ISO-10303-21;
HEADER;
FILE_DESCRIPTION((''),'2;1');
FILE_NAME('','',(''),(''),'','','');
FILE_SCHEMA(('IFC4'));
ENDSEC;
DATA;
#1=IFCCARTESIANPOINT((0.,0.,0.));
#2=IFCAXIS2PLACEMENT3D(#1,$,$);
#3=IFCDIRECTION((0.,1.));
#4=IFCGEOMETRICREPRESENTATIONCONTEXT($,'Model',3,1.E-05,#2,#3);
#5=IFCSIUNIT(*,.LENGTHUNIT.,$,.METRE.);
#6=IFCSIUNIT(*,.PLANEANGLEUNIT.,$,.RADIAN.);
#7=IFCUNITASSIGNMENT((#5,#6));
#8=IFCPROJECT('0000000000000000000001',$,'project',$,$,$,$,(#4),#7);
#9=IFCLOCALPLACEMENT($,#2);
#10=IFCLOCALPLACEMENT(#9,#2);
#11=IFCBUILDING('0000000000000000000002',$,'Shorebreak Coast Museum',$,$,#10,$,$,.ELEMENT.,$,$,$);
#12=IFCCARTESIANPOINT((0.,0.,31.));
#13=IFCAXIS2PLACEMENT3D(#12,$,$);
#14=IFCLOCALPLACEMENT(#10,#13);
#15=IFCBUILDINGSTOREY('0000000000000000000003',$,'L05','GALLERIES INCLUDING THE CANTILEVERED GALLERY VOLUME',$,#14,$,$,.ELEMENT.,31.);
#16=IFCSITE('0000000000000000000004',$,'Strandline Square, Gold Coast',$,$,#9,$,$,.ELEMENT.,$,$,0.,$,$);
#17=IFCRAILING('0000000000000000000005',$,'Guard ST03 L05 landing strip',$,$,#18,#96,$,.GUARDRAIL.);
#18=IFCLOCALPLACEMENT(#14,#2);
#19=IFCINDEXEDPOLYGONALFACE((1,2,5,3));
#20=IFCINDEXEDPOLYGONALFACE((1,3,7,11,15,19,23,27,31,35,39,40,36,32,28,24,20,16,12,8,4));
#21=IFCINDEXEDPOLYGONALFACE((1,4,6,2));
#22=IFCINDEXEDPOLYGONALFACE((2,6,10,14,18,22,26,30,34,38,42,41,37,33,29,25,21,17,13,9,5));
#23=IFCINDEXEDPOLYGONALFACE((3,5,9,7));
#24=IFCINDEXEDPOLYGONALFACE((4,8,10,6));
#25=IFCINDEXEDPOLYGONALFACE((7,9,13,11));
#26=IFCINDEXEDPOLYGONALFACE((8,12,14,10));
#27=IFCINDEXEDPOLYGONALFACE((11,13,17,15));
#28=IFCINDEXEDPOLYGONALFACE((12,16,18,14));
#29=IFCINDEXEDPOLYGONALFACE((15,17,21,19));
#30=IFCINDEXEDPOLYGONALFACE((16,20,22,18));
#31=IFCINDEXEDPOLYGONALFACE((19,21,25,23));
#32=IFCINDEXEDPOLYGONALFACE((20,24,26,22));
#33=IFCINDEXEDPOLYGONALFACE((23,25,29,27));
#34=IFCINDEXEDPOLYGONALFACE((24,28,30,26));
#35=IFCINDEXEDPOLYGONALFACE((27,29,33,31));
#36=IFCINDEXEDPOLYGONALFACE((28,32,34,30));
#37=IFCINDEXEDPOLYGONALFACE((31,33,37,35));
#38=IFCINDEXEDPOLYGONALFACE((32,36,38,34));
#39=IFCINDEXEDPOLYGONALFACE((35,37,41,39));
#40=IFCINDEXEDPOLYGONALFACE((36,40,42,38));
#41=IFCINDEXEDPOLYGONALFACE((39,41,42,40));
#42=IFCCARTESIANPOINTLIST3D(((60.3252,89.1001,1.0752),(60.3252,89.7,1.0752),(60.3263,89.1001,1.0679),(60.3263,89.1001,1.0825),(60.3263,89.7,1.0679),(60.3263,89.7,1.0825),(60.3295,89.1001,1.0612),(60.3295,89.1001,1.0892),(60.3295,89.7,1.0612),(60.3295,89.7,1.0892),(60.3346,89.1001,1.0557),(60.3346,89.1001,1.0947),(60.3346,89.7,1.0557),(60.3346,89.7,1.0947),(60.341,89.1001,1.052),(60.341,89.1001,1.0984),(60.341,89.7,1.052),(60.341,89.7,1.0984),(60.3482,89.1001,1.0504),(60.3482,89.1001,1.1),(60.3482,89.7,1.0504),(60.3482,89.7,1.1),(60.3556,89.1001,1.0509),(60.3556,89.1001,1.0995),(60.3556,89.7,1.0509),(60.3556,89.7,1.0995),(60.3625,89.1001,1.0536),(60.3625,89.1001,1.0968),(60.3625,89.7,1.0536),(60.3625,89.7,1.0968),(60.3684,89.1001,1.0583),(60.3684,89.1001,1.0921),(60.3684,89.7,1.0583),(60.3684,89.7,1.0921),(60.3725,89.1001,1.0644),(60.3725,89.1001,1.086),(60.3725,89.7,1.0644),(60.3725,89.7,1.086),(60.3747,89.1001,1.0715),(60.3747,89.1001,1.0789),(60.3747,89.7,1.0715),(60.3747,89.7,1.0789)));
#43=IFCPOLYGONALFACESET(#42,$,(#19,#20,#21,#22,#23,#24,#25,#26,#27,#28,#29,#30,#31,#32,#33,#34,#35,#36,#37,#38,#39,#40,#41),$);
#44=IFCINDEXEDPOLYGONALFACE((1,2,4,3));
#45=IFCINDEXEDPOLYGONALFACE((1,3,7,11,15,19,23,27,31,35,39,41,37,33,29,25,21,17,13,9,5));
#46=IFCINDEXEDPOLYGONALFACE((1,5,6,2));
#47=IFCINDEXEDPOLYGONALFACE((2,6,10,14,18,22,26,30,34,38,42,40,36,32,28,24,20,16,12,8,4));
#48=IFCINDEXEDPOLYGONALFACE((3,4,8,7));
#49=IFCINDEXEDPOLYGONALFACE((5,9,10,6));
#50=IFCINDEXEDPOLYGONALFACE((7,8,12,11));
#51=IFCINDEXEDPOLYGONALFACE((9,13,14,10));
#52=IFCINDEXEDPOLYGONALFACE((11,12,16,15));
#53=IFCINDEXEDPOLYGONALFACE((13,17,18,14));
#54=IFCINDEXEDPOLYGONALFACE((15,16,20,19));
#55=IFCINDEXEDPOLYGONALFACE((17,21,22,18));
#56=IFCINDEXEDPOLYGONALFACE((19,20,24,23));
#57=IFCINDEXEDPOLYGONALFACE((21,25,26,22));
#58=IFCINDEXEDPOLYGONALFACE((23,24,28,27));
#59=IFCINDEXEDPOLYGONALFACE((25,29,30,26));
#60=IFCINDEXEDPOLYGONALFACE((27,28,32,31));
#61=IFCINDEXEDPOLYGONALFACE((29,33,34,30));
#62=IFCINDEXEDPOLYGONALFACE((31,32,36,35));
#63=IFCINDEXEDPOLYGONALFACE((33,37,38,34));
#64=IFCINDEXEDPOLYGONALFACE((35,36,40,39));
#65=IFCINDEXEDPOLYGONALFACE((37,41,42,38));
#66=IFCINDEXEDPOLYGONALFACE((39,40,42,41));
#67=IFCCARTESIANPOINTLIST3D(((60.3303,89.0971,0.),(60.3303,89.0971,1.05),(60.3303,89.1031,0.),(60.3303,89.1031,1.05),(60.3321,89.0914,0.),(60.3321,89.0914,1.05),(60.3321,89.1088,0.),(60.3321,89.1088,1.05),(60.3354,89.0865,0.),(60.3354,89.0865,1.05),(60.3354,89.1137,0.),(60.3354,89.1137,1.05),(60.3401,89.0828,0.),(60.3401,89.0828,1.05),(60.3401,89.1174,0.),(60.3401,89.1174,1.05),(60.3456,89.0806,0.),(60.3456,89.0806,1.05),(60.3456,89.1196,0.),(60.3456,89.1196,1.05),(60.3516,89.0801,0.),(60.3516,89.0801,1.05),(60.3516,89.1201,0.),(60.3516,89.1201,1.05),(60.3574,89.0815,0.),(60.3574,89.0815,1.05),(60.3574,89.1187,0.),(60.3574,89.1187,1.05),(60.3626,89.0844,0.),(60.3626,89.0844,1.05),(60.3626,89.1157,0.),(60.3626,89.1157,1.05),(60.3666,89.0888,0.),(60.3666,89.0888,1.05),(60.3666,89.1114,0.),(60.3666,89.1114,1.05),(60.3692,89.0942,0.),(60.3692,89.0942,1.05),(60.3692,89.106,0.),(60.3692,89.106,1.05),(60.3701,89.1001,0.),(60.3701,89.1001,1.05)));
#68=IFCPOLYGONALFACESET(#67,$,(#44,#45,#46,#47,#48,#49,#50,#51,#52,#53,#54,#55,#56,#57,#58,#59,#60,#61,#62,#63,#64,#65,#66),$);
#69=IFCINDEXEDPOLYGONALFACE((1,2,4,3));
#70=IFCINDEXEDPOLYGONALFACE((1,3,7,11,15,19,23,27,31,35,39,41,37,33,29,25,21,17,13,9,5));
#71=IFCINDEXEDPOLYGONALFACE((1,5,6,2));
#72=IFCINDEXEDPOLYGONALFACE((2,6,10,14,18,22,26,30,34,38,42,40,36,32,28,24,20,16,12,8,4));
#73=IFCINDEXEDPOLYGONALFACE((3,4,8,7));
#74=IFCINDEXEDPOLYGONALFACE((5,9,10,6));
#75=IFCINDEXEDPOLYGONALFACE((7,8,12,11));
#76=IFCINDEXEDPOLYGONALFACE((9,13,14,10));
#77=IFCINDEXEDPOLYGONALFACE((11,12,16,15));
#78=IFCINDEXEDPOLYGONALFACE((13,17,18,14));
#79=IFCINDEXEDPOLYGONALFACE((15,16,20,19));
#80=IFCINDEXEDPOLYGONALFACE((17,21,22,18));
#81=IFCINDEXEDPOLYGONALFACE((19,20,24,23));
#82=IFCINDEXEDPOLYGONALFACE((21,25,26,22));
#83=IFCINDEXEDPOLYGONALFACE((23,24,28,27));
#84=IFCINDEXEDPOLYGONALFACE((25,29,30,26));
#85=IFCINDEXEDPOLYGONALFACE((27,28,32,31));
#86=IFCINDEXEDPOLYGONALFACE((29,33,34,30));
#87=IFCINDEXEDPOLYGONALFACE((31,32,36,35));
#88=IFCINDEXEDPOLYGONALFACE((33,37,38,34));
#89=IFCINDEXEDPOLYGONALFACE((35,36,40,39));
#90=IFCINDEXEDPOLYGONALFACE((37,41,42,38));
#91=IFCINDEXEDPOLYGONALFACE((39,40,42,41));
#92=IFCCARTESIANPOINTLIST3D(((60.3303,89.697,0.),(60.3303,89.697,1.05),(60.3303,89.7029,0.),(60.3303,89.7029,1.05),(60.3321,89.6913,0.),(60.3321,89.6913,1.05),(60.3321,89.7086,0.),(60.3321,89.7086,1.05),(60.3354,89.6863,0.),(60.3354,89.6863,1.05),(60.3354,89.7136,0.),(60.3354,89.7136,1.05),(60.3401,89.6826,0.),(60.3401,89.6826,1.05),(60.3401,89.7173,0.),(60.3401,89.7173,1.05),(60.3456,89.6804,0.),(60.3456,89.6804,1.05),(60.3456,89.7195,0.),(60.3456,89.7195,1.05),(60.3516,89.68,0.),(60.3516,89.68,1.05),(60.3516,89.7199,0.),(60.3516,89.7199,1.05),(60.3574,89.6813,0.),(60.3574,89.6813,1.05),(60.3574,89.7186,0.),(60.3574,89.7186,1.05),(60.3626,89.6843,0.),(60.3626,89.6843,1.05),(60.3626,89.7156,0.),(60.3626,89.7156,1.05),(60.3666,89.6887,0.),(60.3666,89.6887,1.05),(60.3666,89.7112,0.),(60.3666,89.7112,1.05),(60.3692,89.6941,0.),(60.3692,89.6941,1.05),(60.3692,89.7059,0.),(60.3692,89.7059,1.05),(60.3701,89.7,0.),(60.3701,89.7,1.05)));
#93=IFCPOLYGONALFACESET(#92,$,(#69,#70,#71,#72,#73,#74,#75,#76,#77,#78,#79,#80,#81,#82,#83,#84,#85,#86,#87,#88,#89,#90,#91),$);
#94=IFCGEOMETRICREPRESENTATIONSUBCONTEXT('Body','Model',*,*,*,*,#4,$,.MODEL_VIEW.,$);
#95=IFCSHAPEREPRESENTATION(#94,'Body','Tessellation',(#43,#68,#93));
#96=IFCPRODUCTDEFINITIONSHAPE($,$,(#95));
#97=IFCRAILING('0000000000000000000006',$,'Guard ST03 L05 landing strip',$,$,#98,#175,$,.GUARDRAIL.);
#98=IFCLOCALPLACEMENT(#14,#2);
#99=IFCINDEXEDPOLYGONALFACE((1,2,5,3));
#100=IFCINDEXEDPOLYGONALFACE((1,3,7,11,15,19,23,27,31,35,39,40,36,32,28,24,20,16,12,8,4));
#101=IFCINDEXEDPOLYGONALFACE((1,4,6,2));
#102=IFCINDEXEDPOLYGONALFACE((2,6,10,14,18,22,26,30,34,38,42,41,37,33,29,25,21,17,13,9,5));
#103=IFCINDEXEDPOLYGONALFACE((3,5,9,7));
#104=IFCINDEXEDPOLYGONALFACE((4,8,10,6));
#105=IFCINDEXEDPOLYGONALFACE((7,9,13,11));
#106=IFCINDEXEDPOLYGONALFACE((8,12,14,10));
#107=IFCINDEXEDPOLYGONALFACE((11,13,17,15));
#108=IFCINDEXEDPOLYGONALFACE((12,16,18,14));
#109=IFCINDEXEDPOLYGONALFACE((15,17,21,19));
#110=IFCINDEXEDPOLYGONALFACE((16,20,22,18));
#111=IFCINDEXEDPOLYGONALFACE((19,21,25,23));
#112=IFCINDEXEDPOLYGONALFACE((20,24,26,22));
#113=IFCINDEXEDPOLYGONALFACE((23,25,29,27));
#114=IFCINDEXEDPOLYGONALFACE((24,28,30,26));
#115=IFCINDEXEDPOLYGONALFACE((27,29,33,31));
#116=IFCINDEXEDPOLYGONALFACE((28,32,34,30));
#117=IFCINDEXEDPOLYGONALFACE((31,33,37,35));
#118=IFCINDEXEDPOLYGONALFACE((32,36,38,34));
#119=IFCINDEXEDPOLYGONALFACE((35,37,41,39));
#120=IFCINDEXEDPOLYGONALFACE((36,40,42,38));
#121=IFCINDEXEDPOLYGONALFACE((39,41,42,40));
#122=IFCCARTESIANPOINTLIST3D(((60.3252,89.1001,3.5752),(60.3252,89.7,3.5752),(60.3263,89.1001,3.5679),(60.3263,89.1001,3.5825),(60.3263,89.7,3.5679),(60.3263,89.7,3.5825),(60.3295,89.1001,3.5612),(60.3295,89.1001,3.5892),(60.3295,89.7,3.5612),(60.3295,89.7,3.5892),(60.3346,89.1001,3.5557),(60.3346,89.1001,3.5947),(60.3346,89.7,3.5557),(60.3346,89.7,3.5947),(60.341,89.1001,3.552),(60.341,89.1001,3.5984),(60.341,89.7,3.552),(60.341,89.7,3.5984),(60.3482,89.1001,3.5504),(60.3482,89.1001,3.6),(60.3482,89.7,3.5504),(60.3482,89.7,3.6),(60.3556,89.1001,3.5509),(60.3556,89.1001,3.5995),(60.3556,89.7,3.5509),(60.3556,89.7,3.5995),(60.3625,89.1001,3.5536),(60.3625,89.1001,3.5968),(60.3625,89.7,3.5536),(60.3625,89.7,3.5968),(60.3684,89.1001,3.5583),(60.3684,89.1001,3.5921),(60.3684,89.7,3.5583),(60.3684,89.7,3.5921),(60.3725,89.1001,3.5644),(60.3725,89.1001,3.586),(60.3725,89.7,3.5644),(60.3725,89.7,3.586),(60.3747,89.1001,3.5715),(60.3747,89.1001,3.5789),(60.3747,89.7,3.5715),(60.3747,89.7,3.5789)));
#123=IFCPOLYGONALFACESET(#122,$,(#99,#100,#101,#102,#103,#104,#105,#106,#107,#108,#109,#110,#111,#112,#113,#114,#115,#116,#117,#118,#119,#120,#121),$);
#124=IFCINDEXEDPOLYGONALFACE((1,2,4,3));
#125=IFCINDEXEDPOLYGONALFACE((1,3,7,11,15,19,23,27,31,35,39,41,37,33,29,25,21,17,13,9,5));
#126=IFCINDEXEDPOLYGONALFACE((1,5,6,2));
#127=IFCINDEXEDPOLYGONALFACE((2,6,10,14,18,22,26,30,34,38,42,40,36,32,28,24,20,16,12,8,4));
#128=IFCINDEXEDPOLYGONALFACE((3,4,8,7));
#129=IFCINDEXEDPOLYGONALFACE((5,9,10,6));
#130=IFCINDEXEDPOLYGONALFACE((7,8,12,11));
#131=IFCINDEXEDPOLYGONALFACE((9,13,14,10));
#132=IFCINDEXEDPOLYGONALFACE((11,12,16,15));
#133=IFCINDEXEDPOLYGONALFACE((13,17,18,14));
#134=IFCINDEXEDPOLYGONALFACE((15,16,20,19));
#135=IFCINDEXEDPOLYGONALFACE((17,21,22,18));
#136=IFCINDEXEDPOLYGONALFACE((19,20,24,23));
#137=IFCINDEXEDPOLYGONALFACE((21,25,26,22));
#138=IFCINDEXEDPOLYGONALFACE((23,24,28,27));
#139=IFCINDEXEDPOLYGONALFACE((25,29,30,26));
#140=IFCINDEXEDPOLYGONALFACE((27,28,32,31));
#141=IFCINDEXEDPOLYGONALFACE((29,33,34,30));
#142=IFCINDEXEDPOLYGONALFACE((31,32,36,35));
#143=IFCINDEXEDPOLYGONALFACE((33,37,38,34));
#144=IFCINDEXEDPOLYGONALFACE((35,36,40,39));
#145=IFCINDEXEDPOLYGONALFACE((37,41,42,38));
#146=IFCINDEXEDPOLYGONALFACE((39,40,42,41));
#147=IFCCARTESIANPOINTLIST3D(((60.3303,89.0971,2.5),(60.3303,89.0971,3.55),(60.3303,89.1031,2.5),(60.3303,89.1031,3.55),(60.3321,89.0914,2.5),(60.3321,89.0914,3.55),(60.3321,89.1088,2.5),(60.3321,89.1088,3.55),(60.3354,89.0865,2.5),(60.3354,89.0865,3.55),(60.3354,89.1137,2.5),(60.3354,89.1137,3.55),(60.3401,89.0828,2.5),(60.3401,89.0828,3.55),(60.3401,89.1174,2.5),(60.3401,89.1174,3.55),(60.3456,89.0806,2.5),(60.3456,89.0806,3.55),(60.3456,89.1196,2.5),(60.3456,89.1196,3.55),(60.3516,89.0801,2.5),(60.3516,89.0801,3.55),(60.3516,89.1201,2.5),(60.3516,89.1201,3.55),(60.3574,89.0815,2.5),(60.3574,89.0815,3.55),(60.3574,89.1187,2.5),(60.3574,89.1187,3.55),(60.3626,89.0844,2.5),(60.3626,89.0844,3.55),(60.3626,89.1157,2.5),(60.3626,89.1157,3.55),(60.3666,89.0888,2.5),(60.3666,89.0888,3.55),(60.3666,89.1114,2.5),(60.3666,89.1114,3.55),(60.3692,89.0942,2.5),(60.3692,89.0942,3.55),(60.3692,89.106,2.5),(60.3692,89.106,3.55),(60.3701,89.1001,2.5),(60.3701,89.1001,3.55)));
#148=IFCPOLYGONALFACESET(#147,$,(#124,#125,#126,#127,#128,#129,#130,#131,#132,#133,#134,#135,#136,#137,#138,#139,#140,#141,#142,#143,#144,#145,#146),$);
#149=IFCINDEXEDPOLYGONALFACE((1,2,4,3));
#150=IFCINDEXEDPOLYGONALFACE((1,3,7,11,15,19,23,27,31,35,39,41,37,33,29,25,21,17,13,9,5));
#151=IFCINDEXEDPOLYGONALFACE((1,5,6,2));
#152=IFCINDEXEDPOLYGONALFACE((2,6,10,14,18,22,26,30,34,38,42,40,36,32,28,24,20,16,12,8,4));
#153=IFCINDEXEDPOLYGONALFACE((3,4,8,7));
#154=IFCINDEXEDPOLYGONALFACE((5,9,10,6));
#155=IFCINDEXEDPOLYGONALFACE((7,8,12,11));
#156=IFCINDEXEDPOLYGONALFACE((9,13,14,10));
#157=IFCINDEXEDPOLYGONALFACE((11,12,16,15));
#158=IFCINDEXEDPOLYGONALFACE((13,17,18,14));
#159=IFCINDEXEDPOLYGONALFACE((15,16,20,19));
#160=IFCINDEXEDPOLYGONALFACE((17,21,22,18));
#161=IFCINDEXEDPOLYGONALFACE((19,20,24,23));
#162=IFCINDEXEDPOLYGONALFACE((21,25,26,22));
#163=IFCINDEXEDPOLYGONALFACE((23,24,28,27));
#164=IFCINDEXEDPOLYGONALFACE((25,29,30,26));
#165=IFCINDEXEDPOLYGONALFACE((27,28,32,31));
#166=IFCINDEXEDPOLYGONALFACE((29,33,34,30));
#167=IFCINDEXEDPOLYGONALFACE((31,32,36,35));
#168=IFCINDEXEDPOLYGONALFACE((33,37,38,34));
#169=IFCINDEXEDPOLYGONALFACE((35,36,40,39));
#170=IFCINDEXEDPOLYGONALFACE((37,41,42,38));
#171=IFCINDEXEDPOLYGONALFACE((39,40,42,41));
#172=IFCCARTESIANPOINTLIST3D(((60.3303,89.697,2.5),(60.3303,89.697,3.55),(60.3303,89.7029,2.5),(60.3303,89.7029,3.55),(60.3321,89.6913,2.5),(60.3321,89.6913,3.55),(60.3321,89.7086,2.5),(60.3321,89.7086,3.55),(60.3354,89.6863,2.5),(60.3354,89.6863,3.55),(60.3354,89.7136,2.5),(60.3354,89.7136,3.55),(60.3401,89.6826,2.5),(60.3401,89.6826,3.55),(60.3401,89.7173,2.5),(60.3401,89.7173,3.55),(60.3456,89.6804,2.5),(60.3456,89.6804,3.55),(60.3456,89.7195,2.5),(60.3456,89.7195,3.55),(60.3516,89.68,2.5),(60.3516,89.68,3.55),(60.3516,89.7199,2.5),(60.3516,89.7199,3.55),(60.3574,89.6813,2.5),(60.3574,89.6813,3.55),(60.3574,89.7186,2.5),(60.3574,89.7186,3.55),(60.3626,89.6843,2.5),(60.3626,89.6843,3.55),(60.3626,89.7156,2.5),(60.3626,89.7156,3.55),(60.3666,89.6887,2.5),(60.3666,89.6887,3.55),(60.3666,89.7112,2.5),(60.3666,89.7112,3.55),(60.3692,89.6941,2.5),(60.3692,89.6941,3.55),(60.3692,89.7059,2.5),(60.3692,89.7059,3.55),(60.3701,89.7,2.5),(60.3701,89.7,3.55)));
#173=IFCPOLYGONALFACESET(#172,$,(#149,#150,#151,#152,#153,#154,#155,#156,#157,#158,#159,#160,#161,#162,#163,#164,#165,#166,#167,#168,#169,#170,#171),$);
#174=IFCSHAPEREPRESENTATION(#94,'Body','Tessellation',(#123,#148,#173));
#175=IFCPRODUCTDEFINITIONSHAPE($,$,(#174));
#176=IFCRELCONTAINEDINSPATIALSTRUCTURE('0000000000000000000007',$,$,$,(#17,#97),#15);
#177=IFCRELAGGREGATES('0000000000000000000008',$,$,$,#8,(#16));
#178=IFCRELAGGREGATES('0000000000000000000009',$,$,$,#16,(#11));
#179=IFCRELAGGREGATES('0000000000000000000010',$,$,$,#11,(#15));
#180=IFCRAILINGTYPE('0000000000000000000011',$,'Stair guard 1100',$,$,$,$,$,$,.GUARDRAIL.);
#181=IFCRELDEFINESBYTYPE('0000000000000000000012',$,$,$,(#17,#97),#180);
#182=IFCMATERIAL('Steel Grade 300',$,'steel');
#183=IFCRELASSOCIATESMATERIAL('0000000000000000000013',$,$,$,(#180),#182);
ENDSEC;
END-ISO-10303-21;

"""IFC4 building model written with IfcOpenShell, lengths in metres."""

from ifc_helpers import new_model, si_unit, direction, frame, origin, origin_2d, place, context, subcontext, project, spatial, circle, extrude, material, type_object, element, save


model = new_model("IFC4")

# Units and contexts
model_context = context("Model", 3, precision=1e-05, world=origin(), true_north=direction((0.0, 1.0)))
body_context = subcontext(model_context, "Body", "Model", "MODEL_VIEW")
ifc_project = project(units=[si_unit("LENGTHUNIT", "METRE"), si_unit("PLANEANGLEUNIT", "RADIAN")], contexts=[model_context])

# Site, building, storey
site_placement = place(None, origin())
site = spatial("IfcSite", under=ifc_project, at=site_placement, Name="Strandline Square, Gold Coast", CompositionType="ELEMENT", RefElevation=0.0)
building_placement = place(site_placement, origin())
building = spatial("IfcBuilding", under=site, at=building_placement, Name="Shorebreak Coast Museum", CompositionType="ELEMENT")
storey_placement = place(building_placement, frame((0.0, 0.0, 31.0)))
storey = spatial("IfcBuildingStorey", under=building, at=storey_placement, Name="L05", Description="GALLERIES INCLUDING THE CANTILEVERED GALLERY VOLUME", CompositionType="ELEMENT", Elevation=31.0)

# Railings
ifc_material_1 = material(Name="Steel Grade 300", Category="steel")
railing_type_1 = type_object("IfcRailingType", Name="Stair guard 1100", PredefinedType="GUARDRAIL", material=ifc_material_1)
for number, where, name in (
    (1, (60.3501, 89.1001, 0.0), "Guard ST03 L05 landing strip"),
    (2, (60.3501, 89.1001, 2.5), "Guard ST03 L05 landing strip"),
):
    element("IfcRailing", number, at=place(storey_placement, frame(where)), inside=storey, type_object=railing_type_1, Name=name, PredefinedType="GUARDRAIL", context=body_context, shape_type="SweptSolid", body=[
        extrude(circle(Radius=0.0249, at=origin_2d()), frame((0.0, 0.0, 1.0752), z_axis=(0.0, 1.0, 0.0), x_axis=(-1.0, 0.0, 0.0)), (0.0, 0.0, 1.0), 0.5999),
        extrude(circle(Radius=0.02, at=origin_2d()), origin(), (0.0, 0.0, 1.0), 1.05),
        extrude(circle(Radius=0.02, at=origin_2d()), frame((0.0, 0.5999, 0.0)), (0.0, 0.0, 1.0), 1.05),
    ])

save(model, "model.ifc")
